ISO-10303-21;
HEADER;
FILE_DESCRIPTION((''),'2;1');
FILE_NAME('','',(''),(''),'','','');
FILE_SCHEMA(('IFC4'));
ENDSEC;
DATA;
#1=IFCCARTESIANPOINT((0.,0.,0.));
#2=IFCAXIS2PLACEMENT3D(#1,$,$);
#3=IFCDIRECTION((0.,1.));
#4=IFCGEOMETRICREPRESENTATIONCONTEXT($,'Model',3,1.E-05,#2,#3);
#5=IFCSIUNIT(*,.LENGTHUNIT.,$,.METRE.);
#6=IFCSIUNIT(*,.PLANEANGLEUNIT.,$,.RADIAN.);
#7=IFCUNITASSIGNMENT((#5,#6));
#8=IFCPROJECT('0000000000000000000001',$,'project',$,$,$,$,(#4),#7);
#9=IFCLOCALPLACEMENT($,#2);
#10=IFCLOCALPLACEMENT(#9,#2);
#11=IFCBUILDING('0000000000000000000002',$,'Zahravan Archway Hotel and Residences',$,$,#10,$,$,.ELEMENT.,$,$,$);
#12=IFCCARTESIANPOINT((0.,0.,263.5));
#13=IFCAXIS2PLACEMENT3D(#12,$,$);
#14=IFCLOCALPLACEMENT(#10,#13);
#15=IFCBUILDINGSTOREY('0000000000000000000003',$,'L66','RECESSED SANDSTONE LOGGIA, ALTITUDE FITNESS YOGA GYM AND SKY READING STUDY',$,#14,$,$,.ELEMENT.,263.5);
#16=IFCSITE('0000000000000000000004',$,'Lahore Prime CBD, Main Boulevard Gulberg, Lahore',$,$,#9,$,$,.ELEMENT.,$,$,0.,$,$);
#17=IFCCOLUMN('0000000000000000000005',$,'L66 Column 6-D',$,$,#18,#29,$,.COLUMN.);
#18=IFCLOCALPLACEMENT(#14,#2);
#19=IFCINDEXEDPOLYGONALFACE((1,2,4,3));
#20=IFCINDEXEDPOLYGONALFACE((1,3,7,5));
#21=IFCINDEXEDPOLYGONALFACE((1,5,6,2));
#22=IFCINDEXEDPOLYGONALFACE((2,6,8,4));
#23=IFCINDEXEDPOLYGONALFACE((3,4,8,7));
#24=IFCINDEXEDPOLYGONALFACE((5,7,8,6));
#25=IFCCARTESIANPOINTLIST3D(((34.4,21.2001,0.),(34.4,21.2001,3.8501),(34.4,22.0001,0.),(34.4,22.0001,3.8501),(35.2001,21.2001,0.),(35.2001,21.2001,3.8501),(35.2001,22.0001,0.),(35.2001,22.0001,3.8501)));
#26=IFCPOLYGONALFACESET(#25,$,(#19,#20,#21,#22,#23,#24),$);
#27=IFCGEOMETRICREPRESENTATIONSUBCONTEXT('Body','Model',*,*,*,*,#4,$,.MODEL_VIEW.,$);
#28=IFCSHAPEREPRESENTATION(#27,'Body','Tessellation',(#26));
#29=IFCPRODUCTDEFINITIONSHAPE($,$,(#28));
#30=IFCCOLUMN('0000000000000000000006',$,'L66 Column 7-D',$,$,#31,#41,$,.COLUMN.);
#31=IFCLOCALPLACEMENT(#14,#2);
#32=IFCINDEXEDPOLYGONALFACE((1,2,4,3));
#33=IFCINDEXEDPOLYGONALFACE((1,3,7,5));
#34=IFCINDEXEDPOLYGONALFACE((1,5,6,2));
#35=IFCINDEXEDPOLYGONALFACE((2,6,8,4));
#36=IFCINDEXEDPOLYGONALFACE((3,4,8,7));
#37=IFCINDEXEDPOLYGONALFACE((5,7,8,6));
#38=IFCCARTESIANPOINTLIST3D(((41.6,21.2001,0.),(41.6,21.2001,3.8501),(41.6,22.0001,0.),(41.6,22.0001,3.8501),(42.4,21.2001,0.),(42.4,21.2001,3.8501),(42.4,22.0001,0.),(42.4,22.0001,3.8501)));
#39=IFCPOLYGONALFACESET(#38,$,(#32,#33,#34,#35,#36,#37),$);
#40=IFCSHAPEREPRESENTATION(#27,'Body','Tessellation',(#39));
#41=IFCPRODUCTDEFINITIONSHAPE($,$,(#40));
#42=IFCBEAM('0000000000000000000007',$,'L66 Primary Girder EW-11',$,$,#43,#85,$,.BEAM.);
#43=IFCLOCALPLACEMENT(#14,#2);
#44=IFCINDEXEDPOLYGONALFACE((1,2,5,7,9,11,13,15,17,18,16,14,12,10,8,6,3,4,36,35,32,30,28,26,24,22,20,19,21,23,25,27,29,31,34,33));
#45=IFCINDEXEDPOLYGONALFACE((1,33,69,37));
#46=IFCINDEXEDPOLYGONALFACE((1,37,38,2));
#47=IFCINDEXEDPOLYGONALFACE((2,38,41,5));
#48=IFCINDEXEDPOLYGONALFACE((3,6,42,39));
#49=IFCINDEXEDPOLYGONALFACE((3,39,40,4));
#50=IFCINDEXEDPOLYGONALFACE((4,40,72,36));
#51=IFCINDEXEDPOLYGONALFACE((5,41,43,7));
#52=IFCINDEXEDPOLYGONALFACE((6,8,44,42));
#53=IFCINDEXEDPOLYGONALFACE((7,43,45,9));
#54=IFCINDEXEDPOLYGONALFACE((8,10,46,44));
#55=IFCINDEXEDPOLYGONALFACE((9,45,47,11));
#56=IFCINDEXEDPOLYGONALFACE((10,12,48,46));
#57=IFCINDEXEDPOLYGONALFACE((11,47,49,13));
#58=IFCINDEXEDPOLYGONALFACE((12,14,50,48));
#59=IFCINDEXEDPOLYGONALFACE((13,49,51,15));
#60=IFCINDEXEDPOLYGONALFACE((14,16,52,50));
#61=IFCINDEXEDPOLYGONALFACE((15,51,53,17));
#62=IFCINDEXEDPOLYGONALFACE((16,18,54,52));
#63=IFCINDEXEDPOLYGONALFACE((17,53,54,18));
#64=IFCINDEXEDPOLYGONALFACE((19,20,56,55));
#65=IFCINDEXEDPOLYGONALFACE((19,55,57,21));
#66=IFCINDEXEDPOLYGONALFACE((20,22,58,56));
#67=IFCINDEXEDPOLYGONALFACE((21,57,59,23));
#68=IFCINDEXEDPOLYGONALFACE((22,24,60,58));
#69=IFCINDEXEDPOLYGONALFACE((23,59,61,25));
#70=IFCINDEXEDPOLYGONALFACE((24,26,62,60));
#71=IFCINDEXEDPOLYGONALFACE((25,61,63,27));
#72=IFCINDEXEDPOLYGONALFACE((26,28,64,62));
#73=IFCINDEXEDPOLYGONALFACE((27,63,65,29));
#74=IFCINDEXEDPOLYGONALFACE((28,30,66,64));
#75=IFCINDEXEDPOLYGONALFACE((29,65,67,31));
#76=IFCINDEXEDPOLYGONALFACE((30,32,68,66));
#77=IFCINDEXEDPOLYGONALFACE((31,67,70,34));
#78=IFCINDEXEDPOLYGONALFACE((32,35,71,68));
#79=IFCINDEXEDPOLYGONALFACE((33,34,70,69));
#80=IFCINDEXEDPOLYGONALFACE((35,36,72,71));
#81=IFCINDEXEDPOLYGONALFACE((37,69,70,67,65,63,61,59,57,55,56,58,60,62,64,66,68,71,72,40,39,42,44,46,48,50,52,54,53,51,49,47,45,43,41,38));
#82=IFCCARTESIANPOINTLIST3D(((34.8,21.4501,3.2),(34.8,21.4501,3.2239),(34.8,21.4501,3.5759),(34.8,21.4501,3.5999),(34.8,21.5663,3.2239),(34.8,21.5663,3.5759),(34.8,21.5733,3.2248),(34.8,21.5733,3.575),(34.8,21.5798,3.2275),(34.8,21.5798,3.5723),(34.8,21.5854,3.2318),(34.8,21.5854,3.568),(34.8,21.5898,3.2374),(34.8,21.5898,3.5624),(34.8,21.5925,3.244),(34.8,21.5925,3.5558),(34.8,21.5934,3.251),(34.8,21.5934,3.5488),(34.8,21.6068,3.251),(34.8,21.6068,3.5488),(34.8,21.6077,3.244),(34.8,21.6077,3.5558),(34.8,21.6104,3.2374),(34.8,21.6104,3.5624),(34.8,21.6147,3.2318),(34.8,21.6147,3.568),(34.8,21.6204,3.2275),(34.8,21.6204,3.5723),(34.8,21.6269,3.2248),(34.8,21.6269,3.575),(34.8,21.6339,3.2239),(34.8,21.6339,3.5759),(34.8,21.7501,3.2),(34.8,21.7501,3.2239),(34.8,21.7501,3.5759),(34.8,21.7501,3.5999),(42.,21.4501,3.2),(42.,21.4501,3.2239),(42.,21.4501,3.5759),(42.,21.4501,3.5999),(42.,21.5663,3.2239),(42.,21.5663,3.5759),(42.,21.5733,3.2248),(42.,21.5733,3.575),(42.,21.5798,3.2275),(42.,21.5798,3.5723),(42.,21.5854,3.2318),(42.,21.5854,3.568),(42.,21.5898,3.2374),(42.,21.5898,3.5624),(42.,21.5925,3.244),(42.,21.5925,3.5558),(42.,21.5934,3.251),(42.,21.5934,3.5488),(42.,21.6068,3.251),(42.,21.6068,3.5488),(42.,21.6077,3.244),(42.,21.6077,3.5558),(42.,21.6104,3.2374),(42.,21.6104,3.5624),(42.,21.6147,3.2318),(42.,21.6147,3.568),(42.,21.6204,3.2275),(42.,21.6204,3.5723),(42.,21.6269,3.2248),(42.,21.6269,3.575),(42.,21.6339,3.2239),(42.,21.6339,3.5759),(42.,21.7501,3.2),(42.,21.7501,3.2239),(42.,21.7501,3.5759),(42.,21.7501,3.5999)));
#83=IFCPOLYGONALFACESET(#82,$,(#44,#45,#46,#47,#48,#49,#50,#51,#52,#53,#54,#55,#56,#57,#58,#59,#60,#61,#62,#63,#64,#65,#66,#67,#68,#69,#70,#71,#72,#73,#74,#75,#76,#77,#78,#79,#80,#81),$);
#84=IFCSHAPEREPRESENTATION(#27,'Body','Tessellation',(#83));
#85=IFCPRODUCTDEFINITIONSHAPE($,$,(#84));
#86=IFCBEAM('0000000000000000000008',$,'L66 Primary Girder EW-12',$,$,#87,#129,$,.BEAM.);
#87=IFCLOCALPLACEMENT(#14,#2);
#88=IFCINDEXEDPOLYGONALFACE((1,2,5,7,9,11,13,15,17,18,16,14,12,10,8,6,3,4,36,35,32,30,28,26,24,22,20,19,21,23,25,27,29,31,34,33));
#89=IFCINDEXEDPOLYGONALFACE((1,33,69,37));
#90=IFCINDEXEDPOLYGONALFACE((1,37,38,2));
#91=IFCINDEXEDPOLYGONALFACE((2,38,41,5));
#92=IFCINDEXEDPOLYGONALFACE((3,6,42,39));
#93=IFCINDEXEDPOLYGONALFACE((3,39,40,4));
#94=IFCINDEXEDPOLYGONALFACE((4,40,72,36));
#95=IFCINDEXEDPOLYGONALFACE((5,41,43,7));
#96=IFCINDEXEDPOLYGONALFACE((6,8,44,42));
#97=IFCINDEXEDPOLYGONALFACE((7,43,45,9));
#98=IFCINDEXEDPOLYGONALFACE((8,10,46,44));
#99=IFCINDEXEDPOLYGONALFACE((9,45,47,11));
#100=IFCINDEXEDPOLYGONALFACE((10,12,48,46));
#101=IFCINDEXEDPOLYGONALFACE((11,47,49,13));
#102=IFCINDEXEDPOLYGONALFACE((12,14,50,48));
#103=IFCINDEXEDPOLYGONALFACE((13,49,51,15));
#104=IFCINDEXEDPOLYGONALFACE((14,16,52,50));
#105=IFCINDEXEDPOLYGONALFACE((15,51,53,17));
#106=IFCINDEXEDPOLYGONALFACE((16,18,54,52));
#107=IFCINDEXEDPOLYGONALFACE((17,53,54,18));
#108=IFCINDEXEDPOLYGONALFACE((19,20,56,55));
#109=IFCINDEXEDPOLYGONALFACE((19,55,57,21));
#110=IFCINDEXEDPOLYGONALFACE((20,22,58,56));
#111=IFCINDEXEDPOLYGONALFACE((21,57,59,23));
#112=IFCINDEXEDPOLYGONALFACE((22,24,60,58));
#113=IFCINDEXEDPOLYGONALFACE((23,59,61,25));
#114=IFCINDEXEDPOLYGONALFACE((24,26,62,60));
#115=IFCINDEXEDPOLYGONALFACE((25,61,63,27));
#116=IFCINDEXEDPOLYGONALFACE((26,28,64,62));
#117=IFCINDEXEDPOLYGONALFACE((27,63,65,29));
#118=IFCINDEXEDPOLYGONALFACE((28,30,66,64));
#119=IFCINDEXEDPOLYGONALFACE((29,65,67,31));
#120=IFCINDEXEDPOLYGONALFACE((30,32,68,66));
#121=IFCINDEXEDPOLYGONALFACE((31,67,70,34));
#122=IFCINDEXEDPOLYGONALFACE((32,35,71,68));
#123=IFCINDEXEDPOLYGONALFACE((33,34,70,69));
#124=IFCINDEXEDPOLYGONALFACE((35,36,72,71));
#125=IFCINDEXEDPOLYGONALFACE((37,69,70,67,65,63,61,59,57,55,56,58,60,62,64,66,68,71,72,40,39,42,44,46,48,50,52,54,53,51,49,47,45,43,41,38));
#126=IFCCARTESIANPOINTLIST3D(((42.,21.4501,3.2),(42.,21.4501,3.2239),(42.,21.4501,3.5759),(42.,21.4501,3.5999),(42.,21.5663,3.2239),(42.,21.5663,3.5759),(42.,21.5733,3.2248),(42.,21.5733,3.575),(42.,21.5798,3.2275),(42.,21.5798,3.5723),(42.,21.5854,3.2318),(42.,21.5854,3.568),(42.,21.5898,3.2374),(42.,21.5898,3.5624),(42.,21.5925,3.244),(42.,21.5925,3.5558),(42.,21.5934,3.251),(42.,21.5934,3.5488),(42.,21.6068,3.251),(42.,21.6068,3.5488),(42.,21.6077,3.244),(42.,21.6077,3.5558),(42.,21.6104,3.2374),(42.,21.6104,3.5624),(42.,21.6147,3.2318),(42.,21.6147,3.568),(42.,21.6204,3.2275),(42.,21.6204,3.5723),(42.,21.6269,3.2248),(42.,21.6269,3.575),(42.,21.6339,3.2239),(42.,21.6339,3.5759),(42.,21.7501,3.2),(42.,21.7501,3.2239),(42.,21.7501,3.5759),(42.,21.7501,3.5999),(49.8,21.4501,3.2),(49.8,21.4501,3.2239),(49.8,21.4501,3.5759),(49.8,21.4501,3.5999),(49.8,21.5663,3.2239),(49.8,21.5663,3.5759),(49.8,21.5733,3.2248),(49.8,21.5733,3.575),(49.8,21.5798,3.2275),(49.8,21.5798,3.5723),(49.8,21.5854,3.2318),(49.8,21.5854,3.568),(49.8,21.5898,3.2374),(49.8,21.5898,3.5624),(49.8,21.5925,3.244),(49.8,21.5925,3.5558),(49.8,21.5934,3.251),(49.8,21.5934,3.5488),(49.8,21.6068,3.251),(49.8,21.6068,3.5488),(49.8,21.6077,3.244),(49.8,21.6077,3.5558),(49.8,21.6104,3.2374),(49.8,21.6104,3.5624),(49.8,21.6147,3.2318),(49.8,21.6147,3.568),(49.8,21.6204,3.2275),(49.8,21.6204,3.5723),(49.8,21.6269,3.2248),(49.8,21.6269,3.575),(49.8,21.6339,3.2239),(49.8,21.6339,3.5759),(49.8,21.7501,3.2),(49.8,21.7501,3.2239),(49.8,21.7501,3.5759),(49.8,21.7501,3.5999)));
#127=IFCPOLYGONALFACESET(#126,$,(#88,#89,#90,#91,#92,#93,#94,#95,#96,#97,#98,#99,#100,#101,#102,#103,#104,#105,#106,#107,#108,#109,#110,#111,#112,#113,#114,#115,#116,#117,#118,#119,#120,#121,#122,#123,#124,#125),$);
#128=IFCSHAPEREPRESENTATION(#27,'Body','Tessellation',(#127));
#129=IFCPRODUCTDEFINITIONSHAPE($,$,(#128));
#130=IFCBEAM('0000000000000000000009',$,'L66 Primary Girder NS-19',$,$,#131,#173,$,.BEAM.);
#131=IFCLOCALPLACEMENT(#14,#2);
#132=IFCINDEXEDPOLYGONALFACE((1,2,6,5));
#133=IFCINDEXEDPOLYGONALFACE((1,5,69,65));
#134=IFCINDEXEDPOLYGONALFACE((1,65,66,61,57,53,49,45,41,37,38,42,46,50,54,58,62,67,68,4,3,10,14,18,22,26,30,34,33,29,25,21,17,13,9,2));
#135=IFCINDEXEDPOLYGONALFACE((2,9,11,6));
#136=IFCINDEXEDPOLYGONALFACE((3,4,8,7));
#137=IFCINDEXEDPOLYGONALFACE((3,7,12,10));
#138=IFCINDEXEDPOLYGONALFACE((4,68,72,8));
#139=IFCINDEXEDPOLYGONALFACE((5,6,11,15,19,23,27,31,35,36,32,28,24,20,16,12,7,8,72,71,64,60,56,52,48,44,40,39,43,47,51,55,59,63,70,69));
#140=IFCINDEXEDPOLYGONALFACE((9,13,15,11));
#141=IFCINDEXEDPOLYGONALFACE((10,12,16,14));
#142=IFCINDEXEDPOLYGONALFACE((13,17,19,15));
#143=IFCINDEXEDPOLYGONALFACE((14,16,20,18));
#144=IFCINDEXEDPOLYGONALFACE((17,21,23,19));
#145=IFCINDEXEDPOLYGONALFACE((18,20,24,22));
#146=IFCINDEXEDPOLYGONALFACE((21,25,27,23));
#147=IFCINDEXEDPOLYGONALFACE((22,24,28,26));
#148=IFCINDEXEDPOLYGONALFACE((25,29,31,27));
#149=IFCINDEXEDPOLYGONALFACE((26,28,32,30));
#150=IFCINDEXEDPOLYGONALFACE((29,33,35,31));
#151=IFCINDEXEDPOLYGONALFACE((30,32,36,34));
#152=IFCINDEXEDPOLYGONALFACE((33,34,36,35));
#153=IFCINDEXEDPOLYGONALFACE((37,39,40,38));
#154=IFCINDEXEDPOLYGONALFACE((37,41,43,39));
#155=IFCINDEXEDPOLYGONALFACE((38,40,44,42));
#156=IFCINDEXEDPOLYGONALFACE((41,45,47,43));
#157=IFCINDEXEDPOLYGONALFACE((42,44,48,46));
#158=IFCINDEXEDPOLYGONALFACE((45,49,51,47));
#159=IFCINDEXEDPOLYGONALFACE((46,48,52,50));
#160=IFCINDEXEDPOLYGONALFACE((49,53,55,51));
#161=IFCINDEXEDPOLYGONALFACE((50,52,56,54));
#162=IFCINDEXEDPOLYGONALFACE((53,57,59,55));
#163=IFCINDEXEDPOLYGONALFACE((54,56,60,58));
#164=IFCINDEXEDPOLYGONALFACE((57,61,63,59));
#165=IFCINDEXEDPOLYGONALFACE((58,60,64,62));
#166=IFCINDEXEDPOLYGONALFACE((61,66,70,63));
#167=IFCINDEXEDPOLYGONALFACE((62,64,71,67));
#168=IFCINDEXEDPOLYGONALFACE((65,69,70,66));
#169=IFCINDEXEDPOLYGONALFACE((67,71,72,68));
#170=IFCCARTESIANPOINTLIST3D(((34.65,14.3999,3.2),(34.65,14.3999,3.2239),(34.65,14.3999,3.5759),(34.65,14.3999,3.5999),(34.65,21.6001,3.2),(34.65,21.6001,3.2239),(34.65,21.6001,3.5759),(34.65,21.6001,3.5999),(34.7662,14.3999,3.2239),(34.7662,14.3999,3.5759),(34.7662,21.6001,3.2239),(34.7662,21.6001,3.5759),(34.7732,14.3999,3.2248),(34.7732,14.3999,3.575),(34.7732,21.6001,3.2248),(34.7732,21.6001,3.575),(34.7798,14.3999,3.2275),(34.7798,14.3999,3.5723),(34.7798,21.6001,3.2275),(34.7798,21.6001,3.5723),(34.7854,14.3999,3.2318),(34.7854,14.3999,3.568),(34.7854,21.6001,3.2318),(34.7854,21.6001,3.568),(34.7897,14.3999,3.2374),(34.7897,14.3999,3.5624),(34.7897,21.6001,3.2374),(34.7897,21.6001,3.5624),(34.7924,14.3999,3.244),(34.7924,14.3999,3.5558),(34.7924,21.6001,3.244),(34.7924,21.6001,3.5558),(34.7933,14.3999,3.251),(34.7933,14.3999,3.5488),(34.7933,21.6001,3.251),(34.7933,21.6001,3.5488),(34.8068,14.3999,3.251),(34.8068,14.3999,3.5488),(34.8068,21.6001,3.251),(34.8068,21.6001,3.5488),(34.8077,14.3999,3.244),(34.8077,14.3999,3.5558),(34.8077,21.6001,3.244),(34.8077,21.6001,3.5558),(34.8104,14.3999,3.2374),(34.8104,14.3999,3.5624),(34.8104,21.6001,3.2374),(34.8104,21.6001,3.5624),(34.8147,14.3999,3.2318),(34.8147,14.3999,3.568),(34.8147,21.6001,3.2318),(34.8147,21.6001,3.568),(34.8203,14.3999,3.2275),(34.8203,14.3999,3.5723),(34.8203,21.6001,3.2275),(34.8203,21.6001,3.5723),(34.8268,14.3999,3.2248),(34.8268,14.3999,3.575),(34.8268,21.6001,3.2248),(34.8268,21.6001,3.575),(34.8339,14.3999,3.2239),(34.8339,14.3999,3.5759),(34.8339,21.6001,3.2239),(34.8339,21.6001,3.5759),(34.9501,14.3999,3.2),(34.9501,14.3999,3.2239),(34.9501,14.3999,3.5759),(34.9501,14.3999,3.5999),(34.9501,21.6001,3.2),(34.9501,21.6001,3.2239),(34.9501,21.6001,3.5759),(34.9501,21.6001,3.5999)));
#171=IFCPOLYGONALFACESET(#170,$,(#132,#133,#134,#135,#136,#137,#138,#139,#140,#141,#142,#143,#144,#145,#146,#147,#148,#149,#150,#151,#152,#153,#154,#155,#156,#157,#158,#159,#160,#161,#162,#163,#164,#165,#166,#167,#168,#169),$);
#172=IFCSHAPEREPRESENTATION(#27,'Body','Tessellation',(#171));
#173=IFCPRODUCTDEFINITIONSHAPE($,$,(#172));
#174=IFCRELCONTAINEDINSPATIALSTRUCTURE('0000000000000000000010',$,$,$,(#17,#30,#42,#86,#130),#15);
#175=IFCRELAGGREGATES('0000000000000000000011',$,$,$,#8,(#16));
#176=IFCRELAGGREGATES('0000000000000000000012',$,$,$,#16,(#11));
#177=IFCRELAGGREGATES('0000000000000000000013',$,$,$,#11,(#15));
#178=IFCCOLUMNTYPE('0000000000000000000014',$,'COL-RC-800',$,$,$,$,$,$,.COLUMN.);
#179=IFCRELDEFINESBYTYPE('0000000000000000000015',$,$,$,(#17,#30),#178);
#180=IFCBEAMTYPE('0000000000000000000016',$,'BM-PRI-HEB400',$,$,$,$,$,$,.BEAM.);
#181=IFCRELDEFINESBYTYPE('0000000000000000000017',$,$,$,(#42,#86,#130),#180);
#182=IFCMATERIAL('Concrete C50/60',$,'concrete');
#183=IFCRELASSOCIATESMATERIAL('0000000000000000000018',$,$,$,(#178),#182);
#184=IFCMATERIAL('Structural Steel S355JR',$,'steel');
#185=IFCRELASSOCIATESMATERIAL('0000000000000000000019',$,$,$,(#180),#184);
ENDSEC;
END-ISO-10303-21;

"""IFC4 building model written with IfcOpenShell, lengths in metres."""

from ifc_helpers import new_model, si_unit, direction, frame, origin, origin_2d, place, context, subcontext, project, spatial, rectangle, i_section, extrude, source, transform, mapped, material, material_profile, profile_set, type_object, type_shapes, element, save


model = new_model("IFC4")

# Units and contexts
model_context = context("Model", 3, precision=1e-05, world=origin(), true_north=direction((0.0, 1.0)))
body_context = subcontext(model_context, "Body", "Model", "MODEL_VIEW")
ifc_project = project(units=[si_unit("LENGTHUNIT", "METRE"), si_unit("PLANEANGLEUNIT", "RADIAN")], contexts=[model_context])

# Site, building, storey
site_placement = place(None, origin())
site = spatial("IfcSite", under=ifc_project, at=site_placement, Name="Lahore Prime CBD, Main Boulevard Gulberg, Lahore", CompositionType="ELEMENT", RefElevation=0.0)
building_placement = place(site_placement, origin())
building = spatial("IfcBuilding", under=site, at=building_placement, Name="Zahravan Archway Hotel and Residences", CompositionType="ELEMENT")
storey_placement = place(building_placement, frame((0.0, 0.0, 263.5)))
storey = spatial("IfcBuildingStorey", under=building, at=storey_placement, Name="L66", Description="RECESSED SANDSTONE LOGGIA, ALTITUDE FITNESS YOGA GYM AND SKY READING STUDY", CompositionType="ELEMENT", Elevation=263.5)

# Columns
ifc_material_1 = material(Name="Concrete C50/60", Category="concrete")
ifc_material_profile_1 = material_profile(ifc_material_1, rectangle(XDim=0.8, YDim=0.8, at=origin_2d()), Name="RC-COL-800x800", Category="concrete")
ifc_profile_set_1 = profile_set([ifc_material_profile_1], Name="Concrete C50/60")
column_type = type_object("IfcColumnType", Name="COL-RC-800", PredefinedType="COLUMN", material=ifc_profile_set_1)
shared_shape_1 = source(origin(), body_context, "Body", "SweptSolid", [
    extrude(rectangle(XDim=0.8, YDim=0.8, at=origin_2d()), origin(), (0.0, 0.0, 1.0), 3.8501),
])
for number, where, z_axis, x_axis, name in (
    (1, (34.8, 21.6001, 0.0), (0.0, 0.0, 1.0), (1.0, 0.0, 0.0), "L66 Column 6-D"),
    (2, (42.0, 21.6001, 0.0), (0.0, 0.0, 1.0), (1.0, 0.0, 0.0), "L66 Column 7-D"),
):
    element("IfcColumn", number, at=place(storey_placement, frame(where, z_axis=z_axis, x_axis=x_axis)), inside=storey, type_object=column_type, Name=name, PredefinedType="COLUMN", context=body_context, shape_type="MappedRepresentation", body=[
        mapped(shared_shape_1, transform((0.0, 0.0, 0.0), scale=1.0)),
    ])

# Beams
ifc_material_2 = material(Name="Structural Steel S355JR", Category="steel")
ifc_material_profile_2 = material_profile(ifc_material_2, i_section(OverallWidth=0.3, OverallDepth=0.3999, WebThickness=0.0134, FlangeThickness=0.0239, FilletRadius=0.0271, at=origin_2d()), Name="HEB 400", Category="steel")
ifc_profile_set_2 = profile_set([ifc_material_profile_2], Name="Structural Steel S355JR")
beam_type = type_object("IfcBeamType", Name="BM-PRI-HEB400", PredefinedType="BEAM", material=ifc_profile_set_2)
shared_shape_2 = source(origin(), body_context, "Body", "SweptSolid", [
    extrude(i_section(OverallWidth=0.3, OverallDepth=0.3999, WebThickness=0.0134, FlangeThickness=0.0239, FilletRadius=0.0271, at=origin_2d()), origin(), (0.0, 0.0, 1.0), 7.2),
])
type_shapes(beam_type, [shared_shape_2])
beam_1_placement = place(storey_placement, frame((34.8, 21.6001, 3.3999), z_axis=(1.0, 0.0, 0.0), x_axis=(0.0, 1.0, 0.0)))
element("IfcBeam", 3, at=beam_1_placement, inside=storey, type_object=beam_type, Name="L66 Primary Girder EW-11", PredefinedType="BEAM", context=body_context, shape_type="MappedRepresentation", body=[
    mapped(shared_shape_2, transform((0.0, 0.0, 0.0), scale=1.0)),
])
shared_shape_3 = source(origin(), body_context, "Body", "SweptSolid", [
    extrude(i_section(OverallWidth=0.3, OverallDepth=0.3999, WebThickness=0.0134, FlangeThickness=0.0239, FilletRadius=0.0271, at=origin_2d()), origin(), (0.0, 0.0, 1.0), 7.8),
])
beam_2_placement = place(storey_placement, frame((42.0, 21.6001, 3.3999), z_axis=(1.0, 0.0, 0.0), x_axis=(0.0, 1.0, 0.0)))
element("IfcBeam", 4, at=beam_2_placement, inside=storey, type_object=beam_type, Name="L66 Primary Girder EW-12", PredefinedType="BEAM", context=body_context, shape_type="MappedRepresentation", body=[
    mapped(shared_shape_3, transform((0.0, 0.0, 0.0), scale=1.0)),
])
shared_shape_4 = source(origin(), body_context, "Body", "SweptSolid", [
    extrude(i_section(OverallWidth=0.3, OverallDepth=0.3999, WebThickness=0.0134, FlangeThickness=0.0239, FilletRadius=0.0271, at=origin_2d()), origin(), (0.0, 0.0, 1.0), 7.2002),
])
for number, where, z_axis, x_axis, name in (
    (5, (34.8, 14.3999, 3.3999), (0.0, 1.0, 0.0), (-1.0, 0.0, 0.0), "L66 Primary Girder NS-19"),
):
    element("IfcBeam", number, at=place(storey_placement, frame(where, z_axis=z_axis, x_axis=x_axis)), inside=storey, type_object=beam_type, Name=name, PredefinedType="BEAM", context=body_context, shape_type="MappedRepresentation", body=[
        mapped(shared_shape_4, transform((0.0, 0.0, 0.0), scale=1.0)),
    ])

save(model, "model.ifc")
